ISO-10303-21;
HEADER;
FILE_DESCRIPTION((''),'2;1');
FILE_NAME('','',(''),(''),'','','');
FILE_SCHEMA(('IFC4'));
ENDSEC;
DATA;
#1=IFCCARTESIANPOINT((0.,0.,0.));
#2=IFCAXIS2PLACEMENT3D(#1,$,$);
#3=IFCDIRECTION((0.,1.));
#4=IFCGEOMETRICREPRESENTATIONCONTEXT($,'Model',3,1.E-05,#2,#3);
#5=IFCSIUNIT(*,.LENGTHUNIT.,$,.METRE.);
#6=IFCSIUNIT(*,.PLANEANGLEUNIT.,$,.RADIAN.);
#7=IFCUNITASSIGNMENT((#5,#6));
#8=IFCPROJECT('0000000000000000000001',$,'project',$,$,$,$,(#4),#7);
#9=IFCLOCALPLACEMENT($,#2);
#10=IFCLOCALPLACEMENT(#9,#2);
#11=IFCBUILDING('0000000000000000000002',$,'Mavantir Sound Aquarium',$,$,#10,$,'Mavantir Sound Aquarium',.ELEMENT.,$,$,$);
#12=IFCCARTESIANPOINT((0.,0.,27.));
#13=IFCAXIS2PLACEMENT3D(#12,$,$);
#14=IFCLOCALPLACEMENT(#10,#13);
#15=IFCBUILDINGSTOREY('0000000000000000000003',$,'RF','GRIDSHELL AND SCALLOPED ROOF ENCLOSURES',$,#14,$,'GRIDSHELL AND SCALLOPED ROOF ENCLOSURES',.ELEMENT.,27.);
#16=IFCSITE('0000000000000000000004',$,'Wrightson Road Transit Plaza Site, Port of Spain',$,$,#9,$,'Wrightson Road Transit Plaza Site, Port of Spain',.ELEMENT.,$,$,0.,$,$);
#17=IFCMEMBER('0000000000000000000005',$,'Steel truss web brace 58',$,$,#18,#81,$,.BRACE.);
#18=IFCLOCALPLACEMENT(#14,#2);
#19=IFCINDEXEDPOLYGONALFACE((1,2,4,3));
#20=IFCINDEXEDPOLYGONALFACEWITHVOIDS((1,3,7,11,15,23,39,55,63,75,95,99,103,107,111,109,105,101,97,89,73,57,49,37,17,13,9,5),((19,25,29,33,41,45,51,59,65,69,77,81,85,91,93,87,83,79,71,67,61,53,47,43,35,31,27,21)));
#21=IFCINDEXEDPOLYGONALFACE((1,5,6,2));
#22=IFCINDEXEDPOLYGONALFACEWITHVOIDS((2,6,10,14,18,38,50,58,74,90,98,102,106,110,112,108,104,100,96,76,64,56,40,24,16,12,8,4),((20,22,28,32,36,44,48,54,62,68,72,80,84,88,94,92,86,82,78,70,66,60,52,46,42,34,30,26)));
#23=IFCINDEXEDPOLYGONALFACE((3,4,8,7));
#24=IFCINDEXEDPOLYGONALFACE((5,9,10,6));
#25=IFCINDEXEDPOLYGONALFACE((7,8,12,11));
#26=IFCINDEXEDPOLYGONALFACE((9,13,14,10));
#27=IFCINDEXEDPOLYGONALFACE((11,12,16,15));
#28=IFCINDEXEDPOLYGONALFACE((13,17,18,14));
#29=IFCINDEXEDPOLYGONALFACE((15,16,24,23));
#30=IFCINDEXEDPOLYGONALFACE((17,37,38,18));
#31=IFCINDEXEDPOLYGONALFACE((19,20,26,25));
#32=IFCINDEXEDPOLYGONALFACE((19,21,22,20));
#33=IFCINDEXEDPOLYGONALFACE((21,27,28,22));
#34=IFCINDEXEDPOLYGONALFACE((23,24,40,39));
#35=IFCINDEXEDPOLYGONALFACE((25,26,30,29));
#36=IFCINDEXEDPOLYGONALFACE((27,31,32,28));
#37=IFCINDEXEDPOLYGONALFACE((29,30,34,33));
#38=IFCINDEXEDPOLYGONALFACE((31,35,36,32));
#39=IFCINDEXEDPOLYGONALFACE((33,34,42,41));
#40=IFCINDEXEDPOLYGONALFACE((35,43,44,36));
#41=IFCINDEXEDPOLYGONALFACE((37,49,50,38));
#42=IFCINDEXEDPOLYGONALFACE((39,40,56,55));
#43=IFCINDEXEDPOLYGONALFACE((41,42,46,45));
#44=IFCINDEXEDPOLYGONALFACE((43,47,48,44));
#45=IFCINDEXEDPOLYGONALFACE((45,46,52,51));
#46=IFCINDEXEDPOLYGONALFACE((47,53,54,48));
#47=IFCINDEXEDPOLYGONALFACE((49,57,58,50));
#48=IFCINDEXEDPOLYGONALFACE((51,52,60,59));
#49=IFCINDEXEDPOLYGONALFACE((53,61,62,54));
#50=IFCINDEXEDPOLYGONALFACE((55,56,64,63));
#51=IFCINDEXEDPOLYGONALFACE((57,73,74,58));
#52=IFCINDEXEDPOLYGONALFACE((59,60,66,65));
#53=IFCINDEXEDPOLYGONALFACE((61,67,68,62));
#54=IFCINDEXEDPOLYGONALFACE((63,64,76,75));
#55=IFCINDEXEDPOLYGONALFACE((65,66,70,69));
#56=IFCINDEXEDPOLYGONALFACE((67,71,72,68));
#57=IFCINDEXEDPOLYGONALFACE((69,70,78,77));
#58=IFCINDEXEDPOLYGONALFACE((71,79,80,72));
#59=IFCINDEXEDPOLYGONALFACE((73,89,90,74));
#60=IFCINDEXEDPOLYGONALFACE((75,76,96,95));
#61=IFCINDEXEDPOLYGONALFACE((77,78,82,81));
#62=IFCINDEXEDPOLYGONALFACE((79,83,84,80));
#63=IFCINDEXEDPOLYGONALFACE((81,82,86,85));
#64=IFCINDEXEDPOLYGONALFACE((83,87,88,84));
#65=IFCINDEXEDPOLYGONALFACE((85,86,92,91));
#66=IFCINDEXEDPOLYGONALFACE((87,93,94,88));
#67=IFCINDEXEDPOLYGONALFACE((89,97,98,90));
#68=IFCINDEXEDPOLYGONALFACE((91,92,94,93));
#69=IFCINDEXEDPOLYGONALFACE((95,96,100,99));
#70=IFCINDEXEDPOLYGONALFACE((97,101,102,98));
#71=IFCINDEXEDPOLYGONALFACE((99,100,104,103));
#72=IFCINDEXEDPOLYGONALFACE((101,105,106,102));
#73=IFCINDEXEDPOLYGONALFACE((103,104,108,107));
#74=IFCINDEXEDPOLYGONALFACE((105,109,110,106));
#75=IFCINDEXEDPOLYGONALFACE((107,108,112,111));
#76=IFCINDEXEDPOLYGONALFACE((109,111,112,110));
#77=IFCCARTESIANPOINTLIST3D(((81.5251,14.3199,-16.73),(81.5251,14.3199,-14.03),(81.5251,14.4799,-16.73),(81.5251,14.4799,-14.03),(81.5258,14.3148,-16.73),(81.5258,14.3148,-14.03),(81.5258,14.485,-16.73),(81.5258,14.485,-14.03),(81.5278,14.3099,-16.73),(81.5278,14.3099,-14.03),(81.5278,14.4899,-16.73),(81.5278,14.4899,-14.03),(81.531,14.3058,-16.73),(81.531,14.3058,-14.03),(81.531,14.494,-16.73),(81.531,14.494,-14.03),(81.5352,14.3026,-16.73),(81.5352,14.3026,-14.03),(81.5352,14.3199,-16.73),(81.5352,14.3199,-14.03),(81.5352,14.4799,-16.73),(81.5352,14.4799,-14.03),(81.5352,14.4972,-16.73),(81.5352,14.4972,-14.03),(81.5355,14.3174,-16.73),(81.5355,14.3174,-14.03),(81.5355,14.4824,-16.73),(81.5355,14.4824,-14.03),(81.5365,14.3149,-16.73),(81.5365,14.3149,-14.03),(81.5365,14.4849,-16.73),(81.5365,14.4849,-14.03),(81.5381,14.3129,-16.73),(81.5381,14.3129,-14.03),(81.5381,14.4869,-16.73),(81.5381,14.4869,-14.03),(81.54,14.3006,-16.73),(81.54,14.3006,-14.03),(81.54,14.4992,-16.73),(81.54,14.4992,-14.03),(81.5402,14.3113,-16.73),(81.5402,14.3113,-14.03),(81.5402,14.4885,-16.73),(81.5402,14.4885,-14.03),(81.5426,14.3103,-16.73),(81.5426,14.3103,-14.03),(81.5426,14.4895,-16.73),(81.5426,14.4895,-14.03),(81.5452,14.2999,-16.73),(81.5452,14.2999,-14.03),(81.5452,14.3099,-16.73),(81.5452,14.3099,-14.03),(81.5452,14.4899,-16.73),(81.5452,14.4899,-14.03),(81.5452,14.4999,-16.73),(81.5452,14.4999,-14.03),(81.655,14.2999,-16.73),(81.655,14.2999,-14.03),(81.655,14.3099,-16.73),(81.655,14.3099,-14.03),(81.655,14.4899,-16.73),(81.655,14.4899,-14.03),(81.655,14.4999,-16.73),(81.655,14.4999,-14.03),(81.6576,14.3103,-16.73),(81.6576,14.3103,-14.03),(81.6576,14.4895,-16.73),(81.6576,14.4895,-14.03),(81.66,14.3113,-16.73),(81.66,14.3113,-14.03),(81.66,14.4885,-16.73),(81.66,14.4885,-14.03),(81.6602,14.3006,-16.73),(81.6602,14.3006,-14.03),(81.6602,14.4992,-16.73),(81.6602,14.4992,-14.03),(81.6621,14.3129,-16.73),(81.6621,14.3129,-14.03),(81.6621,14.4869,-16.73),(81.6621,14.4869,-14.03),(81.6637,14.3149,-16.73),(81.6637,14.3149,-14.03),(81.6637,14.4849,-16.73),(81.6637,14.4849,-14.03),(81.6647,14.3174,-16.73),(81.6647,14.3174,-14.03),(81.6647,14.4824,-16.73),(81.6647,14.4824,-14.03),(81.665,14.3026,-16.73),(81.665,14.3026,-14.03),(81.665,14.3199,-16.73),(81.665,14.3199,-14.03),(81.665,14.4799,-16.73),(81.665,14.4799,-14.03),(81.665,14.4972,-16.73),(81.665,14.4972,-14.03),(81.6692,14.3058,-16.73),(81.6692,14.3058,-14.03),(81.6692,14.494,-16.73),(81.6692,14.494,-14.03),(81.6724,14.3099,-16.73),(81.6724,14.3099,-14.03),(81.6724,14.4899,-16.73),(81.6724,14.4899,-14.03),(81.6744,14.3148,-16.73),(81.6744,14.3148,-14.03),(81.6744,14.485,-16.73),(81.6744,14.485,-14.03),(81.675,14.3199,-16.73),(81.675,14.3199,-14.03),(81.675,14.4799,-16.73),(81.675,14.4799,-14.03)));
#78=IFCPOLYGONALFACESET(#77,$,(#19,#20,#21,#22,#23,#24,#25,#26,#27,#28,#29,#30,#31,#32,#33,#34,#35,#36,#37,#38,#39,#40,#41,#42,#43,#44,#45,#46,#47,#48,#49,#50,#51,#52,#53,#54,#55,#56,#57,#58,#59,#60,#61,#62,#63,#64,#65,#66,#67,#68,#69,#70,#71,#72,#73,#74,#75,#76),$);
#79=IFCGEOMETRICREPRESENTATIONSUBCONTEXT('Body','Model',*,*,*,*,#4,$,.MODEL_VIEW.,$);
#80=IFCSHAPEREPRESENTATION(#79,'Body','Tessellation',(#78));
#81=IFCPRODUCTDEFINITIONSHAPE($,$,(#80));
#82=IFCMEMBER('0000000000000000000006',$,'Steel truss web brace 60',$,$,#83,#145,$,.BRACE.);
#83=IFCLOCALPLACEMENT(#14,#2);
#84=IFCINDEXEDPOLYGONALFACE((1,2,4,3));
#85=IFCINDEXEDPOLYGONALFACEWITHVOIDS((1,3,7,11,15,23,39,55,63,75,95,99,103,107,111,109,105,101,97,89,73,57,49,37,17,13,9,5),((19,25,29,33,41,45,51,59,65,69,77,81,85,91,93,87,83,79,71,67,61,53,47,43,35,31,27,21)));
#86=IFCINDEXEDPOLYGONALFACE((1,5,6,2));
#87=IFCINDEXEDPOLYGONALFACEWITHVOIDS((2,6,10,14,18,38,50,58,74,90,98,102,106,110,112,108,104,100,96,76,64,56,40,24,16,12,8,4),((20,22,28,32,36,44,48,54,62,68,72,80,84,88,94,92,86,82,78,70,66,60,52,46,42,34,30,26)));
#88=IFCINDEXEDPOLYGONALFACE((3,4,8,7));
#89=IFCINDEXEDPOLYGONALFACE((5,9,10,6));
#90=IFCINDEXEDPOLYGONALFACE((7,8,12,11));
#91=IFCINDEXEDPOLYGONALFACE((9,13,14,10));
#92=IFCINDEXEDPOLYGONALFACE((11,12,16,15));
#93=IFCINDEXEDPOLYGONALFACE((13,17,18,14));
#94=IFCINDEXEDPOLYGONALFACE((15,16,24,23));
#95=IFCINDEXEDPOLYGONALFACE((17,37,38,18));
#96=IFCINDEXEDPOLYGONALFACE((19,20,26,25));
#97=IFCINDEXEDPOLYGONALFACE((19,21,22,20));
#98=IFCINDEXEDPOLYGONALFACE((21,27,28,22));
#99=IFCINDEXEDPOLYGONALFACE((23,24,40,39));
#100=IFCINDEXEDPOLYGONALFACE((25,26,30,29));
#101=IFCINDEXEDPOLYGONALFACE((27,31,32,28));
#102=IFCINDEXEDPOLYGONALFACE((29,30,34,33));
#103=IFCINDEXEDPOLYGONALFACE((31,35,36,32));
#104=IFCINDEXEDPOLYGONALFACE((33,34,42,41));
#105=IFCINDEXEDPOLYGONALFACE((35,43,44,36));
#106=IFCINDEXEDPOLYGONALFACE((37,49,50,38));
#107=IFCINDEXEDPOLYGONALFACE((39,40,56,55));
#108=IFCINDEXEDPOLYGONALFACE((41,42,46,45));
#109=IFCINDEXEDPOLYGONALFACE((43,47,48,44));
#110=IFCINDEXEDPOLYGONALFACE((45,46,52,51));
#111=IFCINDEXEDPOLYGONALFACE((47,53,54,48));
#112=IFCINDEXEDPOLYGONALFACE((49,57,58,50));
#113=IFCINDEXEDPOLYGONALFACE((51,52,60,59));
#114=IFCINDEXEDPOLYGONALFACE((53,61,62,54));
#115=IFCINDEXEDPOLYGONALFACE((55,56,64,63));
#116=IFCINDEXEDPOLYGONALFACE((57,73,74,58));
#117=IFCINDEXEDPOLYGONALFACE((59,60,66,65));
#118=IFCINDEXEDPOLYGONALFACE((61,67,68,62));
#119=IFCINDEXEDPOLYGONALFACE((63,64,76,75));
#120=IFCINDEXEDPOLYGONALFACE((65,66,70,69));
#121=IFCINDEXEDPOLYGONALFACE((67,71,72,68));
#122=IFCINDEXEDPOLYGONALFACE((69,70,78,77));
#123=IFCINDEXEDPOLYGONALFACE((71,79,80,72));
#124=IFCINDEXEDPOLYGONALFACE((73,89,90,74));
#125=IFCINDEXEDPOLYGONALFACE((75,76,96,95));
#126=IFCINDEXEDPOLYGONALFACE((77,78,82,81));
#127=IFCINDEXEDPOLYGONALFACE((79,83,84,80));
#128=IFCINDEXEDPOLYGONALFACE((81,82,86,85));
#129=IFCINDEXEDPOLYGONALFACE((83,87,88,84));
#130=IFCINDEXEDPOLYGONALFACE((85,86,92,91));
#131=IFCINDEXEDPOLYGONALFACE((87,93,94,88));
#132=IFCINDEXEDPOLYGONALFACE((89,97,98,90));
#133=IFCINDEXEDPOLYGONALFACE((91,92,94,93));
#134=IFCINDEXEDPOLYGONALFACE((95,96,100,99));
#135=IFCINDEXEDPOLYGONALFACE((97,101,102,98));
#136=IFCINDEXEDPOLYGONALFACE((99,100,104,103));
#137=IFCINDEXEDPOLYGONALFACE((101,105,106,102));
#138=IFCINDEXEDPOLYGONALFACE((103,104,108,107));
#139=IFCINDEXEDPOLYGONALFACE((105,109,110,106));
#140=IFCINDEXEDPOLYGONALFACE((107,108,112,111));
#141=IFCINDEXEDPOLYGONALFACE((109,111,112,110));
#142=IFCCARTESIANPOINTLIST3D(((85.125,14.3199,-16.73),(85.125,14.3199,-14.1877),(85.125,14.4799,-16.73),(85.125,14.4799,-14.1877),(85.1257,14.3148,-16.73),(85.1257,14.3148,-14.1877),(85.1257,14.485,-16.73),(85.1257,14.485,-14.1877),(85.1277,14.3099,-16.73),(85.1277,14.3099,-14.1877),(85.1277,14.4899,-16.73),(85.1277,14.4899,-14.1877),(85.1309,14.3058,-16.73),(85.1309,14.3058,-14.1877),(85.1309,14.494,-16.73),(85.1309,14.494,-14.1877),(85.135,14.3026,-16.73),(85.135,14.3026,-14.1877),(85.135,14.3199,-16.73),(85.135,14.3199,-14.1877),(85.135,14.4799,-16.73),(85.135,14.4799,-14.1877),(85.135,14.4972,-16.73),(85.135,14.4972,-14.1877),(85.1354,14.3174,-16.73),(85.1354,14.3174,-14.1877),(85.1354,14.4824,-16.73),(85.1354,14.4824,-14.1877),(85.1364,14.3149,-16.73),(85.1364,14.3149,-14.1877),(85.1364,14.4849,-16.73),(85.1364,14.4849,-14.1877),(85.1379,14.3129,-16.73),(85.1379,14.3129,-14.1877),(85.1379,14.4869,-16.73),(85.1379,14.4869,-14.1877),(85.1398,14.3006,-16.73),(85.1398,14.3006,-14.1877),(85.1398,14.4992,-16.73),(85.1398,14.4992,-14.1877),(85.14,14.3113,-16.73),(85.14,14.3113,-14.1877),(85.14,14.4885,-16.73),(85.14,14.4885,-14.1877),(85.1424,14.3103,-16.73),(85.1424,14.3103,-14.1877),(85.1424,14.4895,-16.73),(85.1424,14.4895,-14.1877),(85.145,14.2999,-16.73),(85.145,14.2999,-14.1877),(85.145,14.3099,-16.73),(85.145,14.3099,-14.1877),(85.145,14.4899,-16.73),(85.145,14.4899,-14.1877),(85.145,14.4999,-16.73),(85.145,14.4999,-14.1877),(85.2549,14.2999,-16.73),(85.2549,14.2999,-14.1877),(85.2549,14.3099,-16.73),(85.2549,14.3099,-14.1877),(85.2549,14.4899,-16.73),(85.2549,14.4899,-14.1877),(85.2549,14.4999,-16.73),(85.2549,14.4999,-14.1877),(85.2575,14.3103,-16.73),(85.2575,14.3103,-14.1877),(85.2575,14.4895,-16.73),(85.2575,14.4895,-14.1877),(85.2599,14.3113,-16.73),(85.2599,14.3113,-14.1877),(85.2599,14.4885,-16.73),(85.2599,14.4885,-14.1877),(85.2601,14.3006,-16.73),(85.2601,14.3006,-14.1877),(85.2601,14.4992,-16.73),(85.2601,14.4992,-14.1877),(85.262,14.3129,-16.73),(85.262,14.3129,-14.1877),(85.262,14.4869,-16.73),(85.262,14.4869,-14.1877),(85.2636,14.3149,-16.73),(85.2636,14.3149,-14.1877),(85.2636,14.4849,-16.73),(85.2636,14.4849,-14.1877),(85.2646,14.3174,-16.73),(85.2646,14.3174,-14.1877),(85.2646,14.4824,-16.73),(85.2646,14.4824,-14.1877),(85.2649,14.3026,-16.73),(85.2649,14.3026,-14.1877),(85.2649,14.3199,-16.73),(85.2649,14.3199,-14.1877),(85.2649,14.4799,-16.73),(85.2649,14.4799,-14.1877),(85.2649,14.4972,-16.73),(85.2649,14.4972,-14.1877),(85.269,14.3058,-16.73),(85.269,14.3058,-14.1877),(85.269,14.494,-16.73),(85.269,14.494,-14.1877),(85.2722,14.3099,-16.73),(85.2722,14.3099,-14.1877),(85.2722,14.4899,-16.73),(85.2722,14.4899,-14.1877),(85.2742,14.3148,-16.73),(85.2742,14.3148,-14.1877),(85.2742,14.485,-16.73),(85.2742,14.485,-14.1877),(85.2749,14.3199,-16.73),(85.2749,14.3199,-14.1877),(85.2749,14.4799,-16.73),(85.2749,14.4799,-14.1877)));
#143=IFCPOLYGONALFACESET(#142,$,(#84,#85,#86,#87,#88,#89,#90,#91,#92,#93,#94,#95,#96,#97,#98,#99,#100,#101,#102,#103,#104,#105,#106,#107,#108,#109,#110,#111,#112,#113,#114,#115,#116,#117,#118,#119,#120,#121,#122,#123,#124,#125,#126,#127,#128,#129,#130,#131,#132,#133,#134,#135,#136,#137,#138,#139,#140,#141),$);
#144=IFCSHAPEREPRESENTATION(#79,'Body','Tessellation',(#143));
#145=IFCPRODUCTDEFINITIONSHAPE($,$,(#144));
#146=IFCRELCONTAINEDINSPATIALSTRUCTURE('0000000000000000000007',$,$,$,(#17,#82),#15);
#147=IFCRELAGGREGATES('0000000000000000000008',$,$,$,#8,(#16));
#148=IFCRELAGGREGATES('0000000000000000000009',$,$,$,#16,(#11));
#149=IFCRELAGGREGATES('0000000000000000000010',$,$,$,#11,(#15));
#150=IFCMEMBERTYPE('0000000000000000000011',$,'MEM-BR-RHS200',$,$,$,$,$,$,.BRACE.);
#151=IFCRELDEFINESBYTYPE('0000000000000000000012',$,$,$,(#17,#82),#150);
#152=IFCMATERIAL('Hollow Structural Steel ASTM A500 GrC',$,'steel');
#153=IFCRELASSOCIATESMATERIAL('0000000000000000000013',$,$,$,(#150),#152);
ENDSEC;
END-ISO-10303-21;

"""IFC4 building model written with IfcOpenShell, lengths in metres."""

from ifc_helpers import new_model, si_unit, direction, frame, origin, origin_2d, place, context, subcontext, project, spatial, hollow_rectangle, extrude, material, material_profile, profile_set, type_object, element, save


model = new_model("IFC4")

# Units and contexts
model_context = context("Model", 3, precision=1e-05, world=origin(), true_north=direction((0.0, 1.0)))
body_context = subcontext(model_context, "Body", "Model", "MODEL_VIEW")
ifc_project = project(units=[si_unit("LENGTHUNIT", "METRE"), si_unit("PLANEANGLEUNIT", "RADIAN")], contexts=[model_context])

# Site, building, storey
site_placement = place(None, origin())
site = spatial("IfcSite", under=ifc_project, at=site_placement, Name="Wrightson Road Transit Plaza Site, Port of Spain", LongName="Wrightson Road Transit Plaza Site, Port of Spain", CompositionType="ELEMENT", RefElevation=0.0)
building_placement = place(site_placement, origin())
building = spatial("IfcBuilding", under=site, at=building_placement, Name="Mavantir Sound Aquarium", LongName="Mavantir Sound Aquarium", CompositionType="ELEMENT")
storey_placement = place(building_placement, frame((0.0, 0.0, 27.0)))
storey = spatial("IfcBuildingStorey", under=building, at=storey_placement, Name="RF", Description="GRIDSHELL AND SCALLOPED ROOF ENCLOSURES", LongName="GRIDSHELL AND SCALLOPED ROOF ENCLOSURES", CompositionType="ELEMENT", Elevation=27.0)

# Members
ifc_material_1 = material(Name="Hollow Structural Steel ASTM A500 GrC", Category="steel")
ifc_material_profile_1 = material_profile(ifc_material_1, hollow_rectangle(XDim=0.1499, YDim=0.2, WallThickness=0.01, InnerFilletRadius=0.01, OuterFilletRadius=0.02, at=origin_2d()), Name="RHS 200X150X10")
ifc_profile_set_1 = profile_set([ifc_material_profile_1], Name="Hollow Structural Steel ASTM A500 GrC")
member_type_1 = type_object("IfcMemberType", Name="MEM-BR-RHS200", PredefinedType="BRACE", material=ifc_profile_set_1)
member_1_placement = place(storey_placement, frame((81.6001, 14.3999, -16.73), z_axis=(0.0, 0.0, 1.0), x_axis=(1.0, 0.0, 0.0)))
element("IfcMember", 1, at=member_1_placement, inside=storey, type_object=member_type_1, Name="Steel truss web brace 58", PredefinedType="BRACE", context=body_context, shape_type="SweptSolid", body=[
    extrude(hollow_rectangle(XDim=0.1499, YDim=0.2, WallThickness=0.01, InnerFilletRadius=0.01, OuterFilletRadius=0.02, at=origin_2d()), origin(), (0.0, 0.0, 1.0), 2.7),
])
member_2_placement = place(storey_placement, frame((85.2, 14.3999, -16.73), z_axis=(0.0, 0.0, 1.0), x_axis=(1.0, 0.0, 0.0)))
element("IfcMember", 2, at=member_2_placement, inside=storey, type_object=member_type_1, Name="Steel truss web brace 60", PredefinedType="BRACE", context=body_context, shape_type="SweptSolid", body=[
    extrude(hollow_rectangle(XDim=0.1499, YDim=0.2, WallThickness=0.01, InnerFilletRadius=0.01, OuterFilletRadius=0.02, at=origin_2d()), origin(), (0.0, 0.0, 1.0), 2.5422),
])

save(model, "model.ifc")
